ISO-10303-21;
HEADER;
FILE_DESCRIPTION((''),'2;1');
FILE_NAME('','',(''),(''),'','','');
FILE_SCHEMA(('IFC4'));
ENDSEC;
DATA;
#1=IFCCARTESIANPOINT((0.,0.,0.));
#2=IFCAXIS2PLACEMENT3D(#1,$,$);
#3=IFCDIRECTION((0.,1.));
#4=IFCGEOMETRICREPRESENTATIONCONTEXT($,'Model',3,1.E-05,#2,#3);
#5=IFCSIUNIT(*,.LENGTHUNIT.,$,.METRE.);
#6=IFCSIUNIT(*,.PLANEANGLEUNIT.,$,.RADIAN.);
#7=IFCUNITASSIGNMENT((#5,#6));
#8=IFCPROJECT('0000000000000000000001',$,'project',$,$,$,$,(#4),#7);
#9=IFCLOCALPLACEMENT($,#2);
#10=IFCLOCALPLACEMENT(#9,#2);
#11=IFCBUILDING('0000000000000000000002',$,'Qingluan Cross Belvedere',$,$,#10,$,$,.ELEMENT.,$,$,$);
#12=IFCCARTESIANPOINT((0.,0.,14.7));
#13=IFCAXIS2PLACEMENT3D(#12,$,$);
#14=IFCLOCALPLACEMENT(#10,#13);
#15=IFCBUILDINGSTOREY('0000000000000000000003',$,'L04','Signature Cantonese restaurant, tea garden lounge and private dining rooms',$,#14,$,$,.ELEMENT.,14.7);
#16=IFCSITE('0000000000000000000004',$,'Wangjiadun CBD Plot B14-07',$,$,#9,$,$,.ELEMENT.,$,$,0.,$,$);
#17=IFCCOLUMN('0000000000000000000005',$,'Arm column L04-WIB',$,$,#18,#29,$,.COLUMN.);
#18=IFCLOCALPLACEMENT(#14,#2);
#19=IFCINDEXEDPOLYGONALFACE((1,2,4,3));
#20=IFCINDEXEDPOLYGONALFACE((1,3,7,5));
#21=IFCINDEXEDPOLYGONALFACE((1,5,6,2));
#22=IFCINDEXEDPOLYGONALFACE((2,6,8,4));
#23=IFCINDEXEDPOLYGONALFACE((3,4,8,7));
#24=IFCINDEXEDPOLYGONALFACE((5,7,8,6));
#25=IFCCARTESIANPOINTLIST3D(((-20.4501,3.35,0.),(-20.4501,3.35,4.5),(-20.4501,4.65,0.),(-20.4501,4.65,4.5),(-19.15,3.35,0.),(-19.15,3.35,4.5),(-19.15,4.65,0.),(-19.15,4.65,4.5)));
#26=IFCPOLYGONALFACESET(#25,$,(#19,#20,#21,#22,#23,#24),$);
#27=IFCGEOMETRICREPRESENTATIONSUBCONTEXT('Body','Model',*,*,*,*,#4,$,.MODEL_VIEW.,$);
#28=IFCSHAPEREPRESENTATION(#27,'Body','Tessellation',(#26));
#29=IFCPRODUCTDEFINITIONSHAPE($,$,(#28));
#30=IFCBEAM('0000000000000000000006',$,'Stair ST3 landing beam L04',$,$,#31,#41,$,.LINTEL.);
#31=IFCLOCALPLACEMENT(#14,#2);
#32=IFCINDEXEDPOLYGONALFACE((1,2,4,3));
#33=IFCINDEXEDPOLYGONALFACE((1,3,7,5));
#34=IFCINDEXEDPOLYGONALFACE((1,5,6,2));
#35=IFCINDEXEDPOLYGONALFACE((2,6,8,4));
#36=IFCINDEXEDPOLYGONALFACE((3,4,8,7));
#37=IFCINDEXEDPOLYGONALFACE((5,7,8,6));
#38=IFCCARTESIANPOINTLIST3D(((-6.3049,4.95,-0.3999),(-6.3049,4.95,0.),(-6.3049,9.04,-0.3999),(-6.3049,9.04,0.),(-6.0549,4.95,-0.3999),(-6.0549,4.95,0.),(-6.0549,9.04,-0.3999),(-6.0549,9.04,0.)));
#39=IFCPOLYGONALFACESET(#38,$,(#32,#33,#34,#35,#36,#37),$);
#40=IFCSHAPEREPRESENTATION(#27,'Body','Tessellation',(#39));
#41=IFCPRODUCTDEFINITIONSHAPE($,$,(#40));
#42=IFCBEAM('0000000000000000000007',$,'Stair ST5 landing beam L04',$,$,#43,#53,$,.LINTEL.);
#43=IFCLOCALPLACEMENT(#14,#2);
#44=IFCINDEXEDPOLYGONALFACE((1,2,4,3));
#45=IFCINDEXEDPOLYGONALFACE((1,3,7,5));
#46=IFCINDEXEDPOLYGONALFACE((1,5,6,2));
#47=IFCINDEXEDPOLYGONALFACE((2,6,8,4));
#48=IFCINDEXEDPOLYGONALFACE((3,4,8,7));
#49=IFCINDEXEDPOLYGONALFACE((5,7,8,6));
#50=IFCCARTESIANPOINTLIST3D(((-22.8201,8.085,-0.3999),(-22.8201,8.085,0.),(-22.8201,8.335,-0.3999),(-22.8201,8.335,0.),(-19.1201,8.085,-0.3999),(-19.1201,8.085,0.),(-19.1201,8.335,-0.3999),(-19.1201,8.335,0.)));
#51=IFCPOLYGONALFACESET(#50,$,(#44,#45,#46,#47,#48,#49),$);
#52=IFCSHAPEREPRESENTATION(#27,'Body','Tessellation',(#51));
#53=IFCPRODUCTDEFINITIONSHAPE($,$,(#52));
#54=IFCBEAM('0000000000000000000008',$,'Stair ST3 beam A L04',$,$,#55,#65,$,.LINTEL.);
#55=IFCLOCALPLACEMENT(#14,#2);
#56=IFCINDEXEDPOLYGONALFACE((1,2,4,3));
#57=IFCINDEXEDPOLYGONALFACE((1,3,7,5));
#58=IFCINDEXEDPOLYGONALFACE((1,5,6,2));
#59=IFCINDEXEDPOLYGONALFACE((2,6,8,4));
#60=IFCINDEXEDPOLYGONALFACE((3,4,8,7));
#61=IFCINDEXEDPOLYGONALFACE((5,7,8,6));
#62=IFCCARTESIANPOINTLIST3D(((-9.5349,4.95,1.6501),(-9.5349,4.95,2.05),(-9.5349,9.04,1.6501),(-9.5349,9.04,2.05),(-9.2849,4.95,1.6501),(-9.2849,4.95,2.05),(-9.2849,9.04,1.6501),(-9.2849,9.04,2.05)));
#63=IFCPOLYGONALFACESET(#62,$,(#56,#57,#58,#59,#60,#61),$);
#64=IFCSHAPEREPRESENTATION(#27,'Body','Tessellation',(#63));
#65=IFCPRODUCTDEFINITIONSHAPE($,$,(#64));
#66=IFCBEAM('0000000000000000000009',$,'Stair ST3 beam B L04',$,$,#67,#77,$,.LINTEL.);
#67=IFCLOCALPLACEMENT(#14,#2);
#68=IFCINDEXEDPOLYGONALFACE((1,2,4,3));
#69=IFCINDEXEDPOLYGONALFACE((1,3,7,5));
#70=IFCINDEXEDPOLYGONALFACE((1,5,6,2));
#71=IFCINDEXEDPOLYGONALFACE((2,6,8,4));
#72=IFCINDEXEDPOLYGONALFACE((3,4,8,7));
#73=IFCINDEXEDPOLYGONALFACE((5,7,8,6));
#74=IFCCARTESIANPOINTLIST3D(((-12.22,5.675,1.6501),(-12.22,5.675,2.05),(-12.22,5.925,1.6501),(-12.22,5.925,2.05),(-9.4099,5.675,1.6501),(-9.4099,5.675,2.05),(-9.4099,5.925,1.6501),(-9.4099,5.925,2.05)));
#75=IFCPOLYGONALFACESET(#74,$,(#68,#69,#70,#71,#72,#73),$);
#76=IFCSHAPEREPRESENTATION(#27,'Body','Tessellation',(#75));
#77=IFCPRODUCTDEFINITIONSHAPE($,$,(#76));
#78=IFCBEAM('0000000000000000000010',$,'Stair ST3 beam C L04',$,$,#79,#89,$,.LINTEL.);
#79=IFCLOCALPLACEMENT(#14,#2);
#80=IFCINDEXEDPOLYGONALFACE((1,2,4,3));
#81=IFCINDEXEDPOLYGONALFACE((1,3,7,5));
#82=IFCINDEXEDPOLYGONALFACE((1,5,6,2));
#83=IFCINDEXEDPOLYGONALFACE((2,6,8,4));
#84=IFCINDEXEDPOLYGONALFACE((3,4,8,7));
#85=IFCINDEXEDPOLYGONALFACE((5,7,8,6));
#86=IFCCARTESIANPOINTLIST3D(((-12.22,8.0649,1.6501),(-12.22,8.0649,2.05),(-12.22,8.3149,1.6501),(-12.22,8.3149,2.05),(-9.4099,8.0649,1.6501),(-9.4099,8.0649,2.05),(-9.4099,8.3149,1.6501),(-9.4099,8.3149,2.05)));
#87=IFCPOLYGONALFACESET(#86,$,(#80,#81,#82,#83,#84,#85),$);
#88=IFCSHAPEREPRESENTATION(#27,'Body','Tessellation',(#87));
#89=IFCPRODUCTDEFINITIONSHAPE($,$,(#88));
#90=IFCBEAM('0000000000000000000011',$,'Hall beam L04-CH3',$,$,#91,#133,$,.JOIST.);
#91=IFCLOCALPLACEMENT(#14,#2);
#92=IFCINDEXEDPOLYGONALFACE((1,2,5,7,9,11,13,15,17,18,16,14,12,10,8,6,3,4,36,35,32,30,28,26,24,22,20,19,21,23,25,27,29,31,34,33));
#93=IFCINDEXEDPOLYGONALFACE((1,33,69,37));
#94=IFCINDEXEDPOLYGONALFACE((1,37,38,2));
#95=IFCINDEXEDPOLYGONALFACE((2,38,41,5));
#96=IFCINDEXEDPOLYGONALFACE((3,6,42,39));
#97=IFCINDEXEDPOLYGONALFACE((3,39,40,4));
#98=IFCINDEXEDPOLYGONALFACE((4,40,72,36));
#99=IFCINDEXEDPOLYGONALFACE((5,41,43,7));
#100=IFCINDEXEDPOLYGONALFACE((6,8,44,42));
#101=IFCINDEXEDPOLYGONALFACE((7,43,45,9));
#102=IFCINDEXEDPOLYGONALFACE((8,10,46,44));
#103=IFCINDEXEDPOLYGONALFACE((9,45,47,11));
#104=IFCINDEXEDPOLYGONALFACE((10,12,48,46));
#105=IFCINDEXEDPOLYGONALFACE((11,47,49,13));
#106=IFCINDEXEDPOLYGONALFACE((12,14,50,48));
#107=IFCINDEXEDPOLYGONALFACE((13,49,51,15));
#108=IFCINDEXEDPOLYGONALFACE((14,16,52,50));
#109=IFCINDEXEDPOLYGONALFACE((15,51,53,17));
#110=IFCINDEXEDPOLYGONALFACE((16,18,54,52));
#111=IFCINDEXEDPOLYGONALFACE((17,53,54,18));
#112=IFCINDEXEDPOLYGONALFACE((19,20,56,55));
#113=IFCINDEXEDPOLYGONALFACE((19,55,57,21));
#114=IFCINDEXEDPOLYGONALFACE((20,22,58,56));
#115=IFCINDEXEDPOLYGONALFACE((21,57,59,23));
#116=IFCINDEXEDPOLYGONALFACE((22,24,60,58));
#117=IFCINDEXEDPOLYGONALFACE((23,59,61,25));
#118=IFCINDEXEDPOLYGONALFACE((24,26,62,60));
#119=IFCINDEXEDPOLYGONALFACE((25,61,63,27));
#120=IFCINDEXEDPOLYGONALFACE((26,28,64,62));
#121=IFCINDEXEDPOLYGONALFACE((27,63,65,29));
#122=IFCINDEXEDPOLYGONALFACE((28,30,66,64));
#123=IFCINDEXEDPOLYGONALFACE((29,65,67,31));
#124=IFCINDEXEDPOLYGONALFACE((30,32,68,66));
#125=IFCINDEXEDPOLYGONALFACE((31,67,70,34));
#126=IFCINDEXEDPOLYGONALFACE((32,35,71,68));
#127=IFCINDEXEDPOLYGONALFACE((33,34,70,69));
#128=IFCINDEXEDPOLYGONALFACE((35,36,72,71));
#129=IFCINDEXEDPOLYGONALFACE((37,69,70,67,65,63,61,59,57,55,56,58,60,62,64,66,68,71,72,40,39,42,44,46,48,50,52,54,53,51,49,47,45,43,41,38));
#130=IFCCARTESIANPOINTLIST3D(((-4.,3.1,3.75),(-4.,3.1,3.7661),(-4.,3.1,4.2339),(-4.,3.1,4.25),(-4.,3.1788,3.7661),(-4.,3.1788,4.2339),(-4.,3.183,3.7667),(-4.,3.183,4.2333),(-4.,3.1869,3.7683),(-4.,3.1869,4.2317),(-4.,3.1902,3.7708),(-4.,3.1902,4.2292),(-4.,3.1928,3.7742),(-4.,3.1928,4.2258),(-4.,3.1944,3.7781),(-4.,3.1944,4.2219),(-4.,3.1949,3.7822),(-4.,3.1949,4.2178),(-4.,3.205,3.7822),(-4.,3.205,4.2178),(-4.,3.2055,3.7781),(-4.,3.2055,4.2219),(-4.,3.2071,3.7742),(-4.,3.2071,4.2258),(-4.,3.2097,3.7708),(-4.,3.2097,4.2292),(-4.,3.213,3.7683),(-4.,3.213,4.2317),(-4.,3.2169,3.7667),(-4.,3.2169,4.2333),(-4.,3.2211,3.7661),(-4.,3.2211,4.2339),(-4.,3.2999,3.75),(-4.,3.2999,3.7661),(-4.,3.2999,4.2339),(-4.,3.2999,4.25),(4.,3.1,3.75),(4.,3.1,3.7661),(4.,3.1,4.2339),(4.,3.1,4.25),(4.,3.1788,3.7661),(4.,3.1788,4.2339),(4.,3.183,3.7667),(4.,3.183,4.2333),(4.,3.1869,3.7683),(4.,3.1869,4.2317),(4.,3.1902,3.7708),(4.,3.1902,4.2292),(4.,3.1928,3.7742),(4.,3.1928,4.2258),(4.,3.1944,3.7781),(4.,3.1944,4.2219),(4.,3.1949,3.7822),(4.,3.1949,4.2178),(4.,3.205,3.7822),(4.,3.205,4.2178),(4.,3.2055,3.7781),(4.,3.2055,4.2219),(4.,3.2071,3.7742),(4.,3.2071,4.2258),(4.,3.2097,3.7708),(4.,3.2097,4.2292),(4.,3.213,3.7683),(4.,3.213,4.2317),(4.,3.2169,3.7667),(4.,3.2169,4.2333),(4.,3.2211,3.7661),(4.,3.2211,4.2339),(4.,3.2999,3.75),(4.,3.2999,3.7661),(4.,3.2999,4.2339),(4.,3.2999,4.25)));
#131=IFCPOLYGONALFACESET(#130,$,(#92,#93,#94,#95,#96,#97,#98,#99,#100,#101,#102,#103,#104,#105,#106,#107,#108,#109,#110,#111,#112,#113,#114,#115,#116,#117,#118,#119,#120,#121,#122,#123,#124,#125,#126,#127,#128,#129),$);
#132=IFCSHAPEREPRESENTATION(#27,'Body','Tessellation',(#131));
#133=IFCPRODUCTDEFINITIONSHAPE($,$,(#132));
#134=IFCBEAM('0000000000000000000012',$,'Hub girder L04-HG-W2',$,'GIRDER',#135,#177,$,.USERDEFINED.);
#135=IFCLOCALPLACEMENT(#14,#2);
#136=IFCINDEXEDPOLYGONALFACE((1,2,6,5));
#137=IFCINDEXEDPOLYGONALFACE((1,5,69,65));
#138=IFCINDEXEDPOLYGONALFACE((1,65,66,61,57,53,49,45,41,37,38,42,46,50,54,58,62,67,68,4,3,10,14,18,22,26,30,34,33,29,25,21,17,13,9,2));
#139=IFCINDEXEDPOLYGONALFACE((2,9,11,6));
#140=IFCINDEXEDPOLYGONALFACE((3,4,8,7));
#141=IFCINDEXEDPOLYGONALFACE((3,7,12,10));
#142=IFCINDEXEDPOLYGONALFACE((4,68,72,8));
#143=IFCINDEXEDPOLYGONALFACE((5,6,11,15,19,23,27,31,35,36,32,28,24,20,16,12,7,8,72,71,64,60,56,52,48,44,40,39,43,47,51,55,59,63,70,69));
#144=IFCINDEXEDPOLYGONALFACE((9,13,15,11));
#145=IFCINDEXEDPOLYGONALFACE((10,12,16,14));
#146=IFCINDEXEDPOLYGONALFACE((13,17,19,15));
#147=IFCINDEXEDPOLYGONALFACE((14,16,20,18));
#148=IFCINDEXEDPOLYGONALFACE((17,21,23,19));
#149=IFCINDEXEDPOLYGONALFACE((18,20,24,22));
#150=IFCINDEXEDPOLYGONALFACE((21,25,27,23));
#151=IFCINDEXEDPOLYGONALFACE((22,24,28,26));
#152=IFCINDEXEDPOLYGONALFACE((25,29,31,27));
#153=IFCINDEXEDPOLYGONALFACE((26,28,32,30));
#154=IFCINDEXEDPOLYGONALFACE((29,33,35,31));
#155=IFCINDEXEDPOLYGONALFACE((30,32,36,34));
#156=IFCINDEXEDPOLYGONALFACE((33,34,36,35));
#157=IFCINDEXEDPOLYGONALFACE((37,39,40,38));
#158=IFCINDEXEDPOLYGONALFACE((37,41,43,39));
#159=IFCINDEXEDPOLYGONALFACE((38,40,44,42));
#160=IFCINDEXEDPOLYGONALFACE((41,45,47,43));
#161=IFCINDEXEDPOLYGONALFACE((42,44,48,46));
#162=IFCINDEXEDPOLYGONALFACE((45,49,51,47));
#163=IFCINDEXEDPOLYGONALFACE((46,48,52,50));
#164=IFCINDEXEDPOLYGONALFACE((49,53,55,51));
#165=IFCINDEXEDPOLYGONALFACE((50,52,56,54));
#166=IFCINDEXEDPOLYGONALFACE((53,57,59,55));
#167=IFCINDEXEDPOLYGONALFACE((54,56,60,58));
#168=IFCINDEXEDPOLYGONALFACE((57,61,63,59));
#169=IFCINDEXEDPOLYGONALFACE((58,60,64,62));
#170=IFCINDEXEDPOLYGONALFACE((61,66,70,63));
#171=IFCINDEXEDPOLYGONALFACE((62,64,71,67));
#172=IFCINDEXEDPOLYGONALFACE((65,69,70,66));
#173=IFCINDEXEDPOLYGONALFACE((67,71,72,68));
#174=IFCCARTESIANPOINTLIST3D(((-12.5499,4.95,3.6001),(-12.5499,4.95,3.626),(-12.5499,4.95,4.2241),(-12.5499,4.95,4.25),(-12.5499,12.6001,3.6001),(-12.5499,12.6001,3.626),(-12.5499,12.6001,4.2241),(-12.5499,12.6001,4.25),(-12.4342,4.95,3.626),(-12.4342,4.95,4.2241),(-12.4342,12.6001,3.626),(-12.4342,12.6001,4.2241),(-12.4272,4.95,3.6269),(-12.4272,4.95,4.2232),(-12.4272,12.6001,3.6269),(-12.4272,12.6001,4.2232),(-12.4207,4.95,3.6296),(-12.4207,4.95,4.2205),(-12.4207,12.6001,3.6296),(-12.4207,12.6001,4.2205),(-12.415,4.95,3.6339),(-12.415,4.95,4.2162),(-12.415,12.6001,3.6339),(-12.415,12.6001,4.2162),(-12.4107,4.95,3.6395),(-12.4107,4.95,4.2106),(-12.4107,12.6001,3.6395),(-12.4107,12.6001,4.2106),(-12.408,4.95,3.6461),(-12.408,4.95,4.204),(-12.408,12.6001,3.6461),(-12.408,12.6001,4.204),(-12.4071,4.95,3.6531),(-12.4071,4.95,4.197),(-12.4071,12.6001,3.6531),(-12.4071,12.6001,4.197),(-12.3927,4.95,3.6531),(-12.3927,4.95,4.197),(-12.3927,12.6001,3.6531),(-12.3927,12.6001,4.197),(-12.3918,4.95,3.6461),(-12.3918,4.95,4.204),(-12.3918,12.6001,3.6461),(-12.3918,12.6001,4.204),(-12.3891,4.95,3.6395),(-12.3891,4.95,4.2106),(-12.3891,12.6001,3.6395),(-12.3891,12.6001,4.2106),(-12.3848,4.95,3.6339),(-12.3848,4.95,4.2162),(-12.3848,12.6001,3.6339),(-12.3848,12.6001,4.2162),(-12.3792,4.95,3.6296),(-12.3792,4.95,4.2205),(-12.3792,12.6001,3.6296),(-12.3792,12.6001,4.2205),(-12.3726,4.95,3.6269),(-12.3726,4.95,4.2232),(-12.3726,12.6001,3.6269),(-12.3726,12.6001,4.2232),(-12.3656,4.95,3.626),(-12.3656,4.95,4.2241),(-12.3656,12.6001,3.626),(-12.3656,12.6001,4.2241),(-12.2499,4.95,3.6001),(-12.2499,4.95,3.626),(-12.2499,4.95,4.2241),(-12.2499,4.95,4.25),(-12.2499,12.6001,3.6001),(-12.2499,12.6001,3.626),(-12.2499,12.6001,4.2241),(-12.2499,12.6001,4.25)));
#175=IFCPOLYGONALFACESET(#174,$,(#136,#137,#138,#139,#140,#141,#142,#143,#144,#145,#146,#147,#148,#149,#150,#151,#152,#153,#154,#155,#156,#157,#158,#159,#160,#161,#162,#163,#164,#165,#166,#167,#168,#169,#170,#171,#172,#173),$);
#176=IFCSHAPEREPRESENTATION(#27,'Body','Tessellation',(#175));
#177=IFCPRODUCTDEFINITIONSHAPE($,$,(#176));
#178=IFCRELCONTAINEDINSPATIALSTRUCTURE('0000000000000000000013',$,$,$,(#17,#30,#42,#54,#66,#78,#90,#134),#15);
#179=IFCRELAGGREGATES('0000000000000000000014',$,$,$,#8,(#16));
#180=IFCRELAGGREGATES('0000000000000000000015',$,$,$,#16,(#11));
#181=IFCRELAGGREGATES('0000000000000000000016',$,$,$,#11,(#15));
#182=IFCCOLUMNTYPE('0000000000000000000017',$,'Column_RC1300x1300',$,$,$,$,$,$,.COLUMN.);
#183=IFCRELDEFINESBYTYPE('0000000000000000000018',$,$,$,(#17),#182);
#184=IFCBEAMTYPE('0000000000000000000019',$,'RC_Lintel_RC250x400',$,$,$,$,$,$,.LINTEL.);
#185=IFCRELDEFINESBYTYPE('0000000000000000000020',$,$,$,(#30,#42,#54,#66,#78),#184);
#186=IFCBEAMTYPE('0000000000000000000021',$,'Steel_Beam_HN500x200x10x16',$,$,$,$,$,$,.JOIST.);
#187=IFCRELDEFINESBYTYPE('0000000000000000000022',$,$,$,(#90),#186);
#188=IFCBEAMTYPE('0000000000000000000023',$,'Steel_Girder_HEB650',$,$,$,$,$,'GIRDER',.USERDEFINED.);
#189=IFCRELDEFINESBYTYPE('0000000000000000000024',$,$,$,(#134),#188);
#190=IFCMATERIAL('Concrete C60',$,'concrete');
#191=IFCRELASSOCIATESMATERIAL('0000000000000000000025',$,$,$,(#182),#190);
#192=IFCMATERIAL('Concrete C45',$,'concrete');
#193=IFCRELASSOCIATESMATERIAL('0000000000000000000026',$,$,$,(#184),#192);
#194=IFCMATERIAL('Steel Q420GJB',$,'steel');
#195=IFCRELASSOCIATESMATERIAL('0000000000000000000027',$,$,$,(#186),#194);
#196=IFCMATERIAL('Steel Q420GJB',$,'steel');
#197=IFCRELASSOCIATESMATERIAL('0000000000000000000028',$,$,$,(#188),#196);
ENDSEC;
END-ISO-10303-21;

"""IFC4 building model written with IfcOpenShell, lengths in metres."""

from ifc_helpers import new_model, si_unit, direction, frame, origin, origin_2d, place, context, subcontext, project, spatial, rectangle, i_section, extrude, material, material_profile, profile_set, type_object, element, save


model = new_model("IFC4")

# Units and contexts
model_context = context("Model", 3, precision=1e-05, world=origin(), true_north=direction((0.0, 1.0)))
body_context = subcontext(model_context, "Body", "Model", "MODEL_VIEW")
ifc_project = project(units=[si_unit("LENGTHUNIT", "METRE"), si_unit("PLANEANGLEUNIT", "RADIAN")], contexts=[model_context])

# Site, building, storey
site_placement = place(None, origin())
site = spatial("IfcSite", under=ifc_project, at=site_placement, Name="Wangjiadun CBD Plot B14-07", CompositionType="ELEMENT", RefElevation=0.0)
building_placement = place(site_placement, origin())
building = spatial("IfcBuilding", under=site, at=building_placement, Name="Qingluan Cross Belvedere", CompositionType="ELEMENT")
storey_placement = place(building_placement, frame((0.0, 0.0, 14.7)))
storey = spatial("IfcBuildingStorey", under=building, at=storey_placement, Name="L04", Description="Signature Cantonese restaurant, tea garden lounge and private dining rooms", CompositionType="ELEMENT", Elevation=14.7)

# Column
ifc_material_1 = material(Name="Concrete C60", Category="concrete")
ifc_material_profile_1 = material_profile(ifc_material_1, rectangle(XDim=1.3, YDim=1.3, at=origin_2d()), Name="RC1300x1300")
ifc_profile_set_1 = profile_set([ifc_material_profile_1], Name="Concrete C60")
column_type = type_object("IfcColumnType", Name="Column_RC1300x1300", PredefinedType="COLUMN", material=ifc_profile_set_1)
column_placement = place(storey_placement, frame((-19.8, 4.0, 0.0), z_axis=(0.0, 0.0, 1.0), x_axis=(1.0, 0.0, 0.0)))
element("IfcColumn", 1, at=column_placement, inside=storey, type_object=column_type, Name="Arm column L04-WIB", PredefinedType="COLUMN", context=body_context, shape_type="SweptSolid", body=[
    extrude(rectangle(XDim=1.3, YDim=1.3, at=origin_2d()), origin(), (0.0, 0.0, 1.0), 4.5),
])

# Beams
ifc_material_2 = material(Name="Concrete C45", Category="concrete")
ifc_material_profile_2 = material_profile(ifc_material_2, rectangle(XDim=0.25, YDim=0.3999, at=origin_2d()), Name="RC250x400")
ifc_profile_set_2 = profile_set([ifc_material_profile_2], Name="Concrete C45")
beam_type_1 = type_object("IfcBeamType", Name="RC_Lintel_RC250x400", PredefinedType="LINTEL", material=ifc_profile_set_2)
beam_1_placement = place(storey_placement, frame((-6.1799, 4.95, -0.2), z_axis=(0.0, 1.0, 0.0), x_axis=(-1.0, 0.0, 0.0)))
element("IfcBeam", 2, at=beam_1_placement, inside=storey, type_object=beam_type_1, Name="Stair ST3 landing beam L04", PredefinedType="LINTEL", context=body_context, shape_type="SweptSolid", body=[
    extrude(rectangle(XDim=0.25, YDim=0.3999, at=origin_2d()), origin(), (0.0, 0.0, 1.0), 4.0901),
])
beam_2_placement = place(storey_placement, frame((-22.8201, 8.21, -0.2), z_axis=(1.0, 0.0, 0.0), x_axis=(0.0, 1.0, 0.0)))
element("IfcBeam", 3, at=beam_2_placement, inside=storey, type_object=beam_type_1, Name="Stair ST5 landing beam L04", PredefinedType="LINTEL", context=body_context, shape_type="SweptSolid", body=[
    extrude(rectangle(XDim=0.25, YDim=0.3999, at=origin_2d()), origin(), (0.0, 0.0, 1.0), 3.7),
])
beam_3_placement = place(storey_placement, frame((-9.4099, 4.95, 1.8501), z_axis=(0.0, 1.0, 0.0), x_axis=(-1.0, 0.0, 0.0)))
element("IfcBeam", 4, at=beam_3_placement, inside=storey, type_object=beam_type_1, Name="Stair ST3 beam A L04", PredefinedType="LINTEL", context=body_context, shape_type="SweptSolid", body=[
    extrude(rectangle(XDim=0.25, YDim=0.3999, at=origin_2d()), origin(), (0.0, 0.0, 1.0), 4.0901),
])
for number, where, z_axis, x_axis, name in (
    (5, (-12.22, 5.8, 1.8501), (1.0, 0.0, 0.0), (0.0, 1.0, 0.0), "Stair ST3 beam B L04"),
    (6, (-12.22, 8.1899, 1.8501), (1.0, 0.0, 0.0), (0.0, 1.0, 0.0), "Stair ST3 beam C L04"),
):
    element("IfcBeam", number, at=place(storey_placement, frame(where, z_axis=z_axis, x_axis=x_axis)), inside=storey, type_object=beam_type_1, Name=name, PredefinedType="LINTEL", context=body_context, shape_type="SweptSolid", body=[
        extrude(rectangle(XDim=0.25, YDim=0.3999, at=origin_2d()), origin(), (0.0, 0.0, 1.0), 2.8101),
    ])
ifc_material_3 = material(Name="Steel Q420GJB", Category="steel")
ifc_material_profile_3 = material_profile(ifc_material_3, i_section(OverallWidth=0.2, OverallDepth=0.5, WebThickness=0.01, FlangeThickness=0.0161, FilletRadius=0.0161, at=origin_2d()), Name="HN500x200x10x16")
ifc_profile_set_3 = profile_set([ifc_material_profile_3], Name="Steel Q420GJB")
beam_type_2 = type_object("IfcBeamType", Name="Steel_Beam_HN500x200x10x16", PredefinedType="JOIST", material=ifc_profile_set_3)
beam_4_placement = place(storey_placement, frame((-4.0, 3.2, 4.0), z_axis=(1.0, 0.0, 0.0), x_axis=(0.0, 1.0, 0.0)))
element("IfcBeam", 7, at=beam_4_placement, inside=storey, type_object=beam_type_2, Name="Hall beam L04-CH3", PredefinedType="JOIST", context=body_context, shape_type="SweptSolid", body=[
    extrude(i_section(OverallWidth=0.2, OverallDepth=0.5, WebThickness=0.01, FlangeThickness=0.0161, FilletRadius=0.0161, at=origin_2d()), origin(), (0.0, 0.0, 1.0), 8.0),
])
ifc_material_4 = material(Name="Steel Q420GJB", Category="steel")
ifc_material_profile_4 = material_profile(ifc_material_4, i_section(OverallWidth=0.3, OverallDepth=0.6499, WebThickness=0.0144, FlangeThickness=0.0259, FilletRadius=0.0271, at=origin_2d()), Name="HEB650")
ifc_profile_set_4 = profile_set([ifc_material_profile_4], Name="Steel Q420GJB")
beam_type_3 = type_object("IfcBeamType", Name="Steel_Girder_HEB650", ElementType="GIRDER", PredefinedType="USERDEFINED", material=ifc_profile_set_4)
beam_5_placement = place(storey_placement, frame((-12.3999, 4.95, 3.925), z_axis=(0.0, 1.0, 0.0), x_axis=(-1.0, 0.0, 0.0)))
element("IfcBeam", 8, at=beam_5_placement, inside=storey, type_object=beam_type_3, Name="Hub girder L04-HG-W2", ObjectType="GIRDER", PredefinedType="USERDEFINED", context=body_context, shape_type="SweptSolid", body=[
    extrude(i_section(OverallWidth=0.3, OverallDepth=0.6499, WebThickness=0.0144, FlangeThickness=0.0259, FilletRadius=0.0271, at=origin_2d()), origin(), (0.0, 0.0, 1.0), 7.6501),
])

save(model, "model.ifc")
